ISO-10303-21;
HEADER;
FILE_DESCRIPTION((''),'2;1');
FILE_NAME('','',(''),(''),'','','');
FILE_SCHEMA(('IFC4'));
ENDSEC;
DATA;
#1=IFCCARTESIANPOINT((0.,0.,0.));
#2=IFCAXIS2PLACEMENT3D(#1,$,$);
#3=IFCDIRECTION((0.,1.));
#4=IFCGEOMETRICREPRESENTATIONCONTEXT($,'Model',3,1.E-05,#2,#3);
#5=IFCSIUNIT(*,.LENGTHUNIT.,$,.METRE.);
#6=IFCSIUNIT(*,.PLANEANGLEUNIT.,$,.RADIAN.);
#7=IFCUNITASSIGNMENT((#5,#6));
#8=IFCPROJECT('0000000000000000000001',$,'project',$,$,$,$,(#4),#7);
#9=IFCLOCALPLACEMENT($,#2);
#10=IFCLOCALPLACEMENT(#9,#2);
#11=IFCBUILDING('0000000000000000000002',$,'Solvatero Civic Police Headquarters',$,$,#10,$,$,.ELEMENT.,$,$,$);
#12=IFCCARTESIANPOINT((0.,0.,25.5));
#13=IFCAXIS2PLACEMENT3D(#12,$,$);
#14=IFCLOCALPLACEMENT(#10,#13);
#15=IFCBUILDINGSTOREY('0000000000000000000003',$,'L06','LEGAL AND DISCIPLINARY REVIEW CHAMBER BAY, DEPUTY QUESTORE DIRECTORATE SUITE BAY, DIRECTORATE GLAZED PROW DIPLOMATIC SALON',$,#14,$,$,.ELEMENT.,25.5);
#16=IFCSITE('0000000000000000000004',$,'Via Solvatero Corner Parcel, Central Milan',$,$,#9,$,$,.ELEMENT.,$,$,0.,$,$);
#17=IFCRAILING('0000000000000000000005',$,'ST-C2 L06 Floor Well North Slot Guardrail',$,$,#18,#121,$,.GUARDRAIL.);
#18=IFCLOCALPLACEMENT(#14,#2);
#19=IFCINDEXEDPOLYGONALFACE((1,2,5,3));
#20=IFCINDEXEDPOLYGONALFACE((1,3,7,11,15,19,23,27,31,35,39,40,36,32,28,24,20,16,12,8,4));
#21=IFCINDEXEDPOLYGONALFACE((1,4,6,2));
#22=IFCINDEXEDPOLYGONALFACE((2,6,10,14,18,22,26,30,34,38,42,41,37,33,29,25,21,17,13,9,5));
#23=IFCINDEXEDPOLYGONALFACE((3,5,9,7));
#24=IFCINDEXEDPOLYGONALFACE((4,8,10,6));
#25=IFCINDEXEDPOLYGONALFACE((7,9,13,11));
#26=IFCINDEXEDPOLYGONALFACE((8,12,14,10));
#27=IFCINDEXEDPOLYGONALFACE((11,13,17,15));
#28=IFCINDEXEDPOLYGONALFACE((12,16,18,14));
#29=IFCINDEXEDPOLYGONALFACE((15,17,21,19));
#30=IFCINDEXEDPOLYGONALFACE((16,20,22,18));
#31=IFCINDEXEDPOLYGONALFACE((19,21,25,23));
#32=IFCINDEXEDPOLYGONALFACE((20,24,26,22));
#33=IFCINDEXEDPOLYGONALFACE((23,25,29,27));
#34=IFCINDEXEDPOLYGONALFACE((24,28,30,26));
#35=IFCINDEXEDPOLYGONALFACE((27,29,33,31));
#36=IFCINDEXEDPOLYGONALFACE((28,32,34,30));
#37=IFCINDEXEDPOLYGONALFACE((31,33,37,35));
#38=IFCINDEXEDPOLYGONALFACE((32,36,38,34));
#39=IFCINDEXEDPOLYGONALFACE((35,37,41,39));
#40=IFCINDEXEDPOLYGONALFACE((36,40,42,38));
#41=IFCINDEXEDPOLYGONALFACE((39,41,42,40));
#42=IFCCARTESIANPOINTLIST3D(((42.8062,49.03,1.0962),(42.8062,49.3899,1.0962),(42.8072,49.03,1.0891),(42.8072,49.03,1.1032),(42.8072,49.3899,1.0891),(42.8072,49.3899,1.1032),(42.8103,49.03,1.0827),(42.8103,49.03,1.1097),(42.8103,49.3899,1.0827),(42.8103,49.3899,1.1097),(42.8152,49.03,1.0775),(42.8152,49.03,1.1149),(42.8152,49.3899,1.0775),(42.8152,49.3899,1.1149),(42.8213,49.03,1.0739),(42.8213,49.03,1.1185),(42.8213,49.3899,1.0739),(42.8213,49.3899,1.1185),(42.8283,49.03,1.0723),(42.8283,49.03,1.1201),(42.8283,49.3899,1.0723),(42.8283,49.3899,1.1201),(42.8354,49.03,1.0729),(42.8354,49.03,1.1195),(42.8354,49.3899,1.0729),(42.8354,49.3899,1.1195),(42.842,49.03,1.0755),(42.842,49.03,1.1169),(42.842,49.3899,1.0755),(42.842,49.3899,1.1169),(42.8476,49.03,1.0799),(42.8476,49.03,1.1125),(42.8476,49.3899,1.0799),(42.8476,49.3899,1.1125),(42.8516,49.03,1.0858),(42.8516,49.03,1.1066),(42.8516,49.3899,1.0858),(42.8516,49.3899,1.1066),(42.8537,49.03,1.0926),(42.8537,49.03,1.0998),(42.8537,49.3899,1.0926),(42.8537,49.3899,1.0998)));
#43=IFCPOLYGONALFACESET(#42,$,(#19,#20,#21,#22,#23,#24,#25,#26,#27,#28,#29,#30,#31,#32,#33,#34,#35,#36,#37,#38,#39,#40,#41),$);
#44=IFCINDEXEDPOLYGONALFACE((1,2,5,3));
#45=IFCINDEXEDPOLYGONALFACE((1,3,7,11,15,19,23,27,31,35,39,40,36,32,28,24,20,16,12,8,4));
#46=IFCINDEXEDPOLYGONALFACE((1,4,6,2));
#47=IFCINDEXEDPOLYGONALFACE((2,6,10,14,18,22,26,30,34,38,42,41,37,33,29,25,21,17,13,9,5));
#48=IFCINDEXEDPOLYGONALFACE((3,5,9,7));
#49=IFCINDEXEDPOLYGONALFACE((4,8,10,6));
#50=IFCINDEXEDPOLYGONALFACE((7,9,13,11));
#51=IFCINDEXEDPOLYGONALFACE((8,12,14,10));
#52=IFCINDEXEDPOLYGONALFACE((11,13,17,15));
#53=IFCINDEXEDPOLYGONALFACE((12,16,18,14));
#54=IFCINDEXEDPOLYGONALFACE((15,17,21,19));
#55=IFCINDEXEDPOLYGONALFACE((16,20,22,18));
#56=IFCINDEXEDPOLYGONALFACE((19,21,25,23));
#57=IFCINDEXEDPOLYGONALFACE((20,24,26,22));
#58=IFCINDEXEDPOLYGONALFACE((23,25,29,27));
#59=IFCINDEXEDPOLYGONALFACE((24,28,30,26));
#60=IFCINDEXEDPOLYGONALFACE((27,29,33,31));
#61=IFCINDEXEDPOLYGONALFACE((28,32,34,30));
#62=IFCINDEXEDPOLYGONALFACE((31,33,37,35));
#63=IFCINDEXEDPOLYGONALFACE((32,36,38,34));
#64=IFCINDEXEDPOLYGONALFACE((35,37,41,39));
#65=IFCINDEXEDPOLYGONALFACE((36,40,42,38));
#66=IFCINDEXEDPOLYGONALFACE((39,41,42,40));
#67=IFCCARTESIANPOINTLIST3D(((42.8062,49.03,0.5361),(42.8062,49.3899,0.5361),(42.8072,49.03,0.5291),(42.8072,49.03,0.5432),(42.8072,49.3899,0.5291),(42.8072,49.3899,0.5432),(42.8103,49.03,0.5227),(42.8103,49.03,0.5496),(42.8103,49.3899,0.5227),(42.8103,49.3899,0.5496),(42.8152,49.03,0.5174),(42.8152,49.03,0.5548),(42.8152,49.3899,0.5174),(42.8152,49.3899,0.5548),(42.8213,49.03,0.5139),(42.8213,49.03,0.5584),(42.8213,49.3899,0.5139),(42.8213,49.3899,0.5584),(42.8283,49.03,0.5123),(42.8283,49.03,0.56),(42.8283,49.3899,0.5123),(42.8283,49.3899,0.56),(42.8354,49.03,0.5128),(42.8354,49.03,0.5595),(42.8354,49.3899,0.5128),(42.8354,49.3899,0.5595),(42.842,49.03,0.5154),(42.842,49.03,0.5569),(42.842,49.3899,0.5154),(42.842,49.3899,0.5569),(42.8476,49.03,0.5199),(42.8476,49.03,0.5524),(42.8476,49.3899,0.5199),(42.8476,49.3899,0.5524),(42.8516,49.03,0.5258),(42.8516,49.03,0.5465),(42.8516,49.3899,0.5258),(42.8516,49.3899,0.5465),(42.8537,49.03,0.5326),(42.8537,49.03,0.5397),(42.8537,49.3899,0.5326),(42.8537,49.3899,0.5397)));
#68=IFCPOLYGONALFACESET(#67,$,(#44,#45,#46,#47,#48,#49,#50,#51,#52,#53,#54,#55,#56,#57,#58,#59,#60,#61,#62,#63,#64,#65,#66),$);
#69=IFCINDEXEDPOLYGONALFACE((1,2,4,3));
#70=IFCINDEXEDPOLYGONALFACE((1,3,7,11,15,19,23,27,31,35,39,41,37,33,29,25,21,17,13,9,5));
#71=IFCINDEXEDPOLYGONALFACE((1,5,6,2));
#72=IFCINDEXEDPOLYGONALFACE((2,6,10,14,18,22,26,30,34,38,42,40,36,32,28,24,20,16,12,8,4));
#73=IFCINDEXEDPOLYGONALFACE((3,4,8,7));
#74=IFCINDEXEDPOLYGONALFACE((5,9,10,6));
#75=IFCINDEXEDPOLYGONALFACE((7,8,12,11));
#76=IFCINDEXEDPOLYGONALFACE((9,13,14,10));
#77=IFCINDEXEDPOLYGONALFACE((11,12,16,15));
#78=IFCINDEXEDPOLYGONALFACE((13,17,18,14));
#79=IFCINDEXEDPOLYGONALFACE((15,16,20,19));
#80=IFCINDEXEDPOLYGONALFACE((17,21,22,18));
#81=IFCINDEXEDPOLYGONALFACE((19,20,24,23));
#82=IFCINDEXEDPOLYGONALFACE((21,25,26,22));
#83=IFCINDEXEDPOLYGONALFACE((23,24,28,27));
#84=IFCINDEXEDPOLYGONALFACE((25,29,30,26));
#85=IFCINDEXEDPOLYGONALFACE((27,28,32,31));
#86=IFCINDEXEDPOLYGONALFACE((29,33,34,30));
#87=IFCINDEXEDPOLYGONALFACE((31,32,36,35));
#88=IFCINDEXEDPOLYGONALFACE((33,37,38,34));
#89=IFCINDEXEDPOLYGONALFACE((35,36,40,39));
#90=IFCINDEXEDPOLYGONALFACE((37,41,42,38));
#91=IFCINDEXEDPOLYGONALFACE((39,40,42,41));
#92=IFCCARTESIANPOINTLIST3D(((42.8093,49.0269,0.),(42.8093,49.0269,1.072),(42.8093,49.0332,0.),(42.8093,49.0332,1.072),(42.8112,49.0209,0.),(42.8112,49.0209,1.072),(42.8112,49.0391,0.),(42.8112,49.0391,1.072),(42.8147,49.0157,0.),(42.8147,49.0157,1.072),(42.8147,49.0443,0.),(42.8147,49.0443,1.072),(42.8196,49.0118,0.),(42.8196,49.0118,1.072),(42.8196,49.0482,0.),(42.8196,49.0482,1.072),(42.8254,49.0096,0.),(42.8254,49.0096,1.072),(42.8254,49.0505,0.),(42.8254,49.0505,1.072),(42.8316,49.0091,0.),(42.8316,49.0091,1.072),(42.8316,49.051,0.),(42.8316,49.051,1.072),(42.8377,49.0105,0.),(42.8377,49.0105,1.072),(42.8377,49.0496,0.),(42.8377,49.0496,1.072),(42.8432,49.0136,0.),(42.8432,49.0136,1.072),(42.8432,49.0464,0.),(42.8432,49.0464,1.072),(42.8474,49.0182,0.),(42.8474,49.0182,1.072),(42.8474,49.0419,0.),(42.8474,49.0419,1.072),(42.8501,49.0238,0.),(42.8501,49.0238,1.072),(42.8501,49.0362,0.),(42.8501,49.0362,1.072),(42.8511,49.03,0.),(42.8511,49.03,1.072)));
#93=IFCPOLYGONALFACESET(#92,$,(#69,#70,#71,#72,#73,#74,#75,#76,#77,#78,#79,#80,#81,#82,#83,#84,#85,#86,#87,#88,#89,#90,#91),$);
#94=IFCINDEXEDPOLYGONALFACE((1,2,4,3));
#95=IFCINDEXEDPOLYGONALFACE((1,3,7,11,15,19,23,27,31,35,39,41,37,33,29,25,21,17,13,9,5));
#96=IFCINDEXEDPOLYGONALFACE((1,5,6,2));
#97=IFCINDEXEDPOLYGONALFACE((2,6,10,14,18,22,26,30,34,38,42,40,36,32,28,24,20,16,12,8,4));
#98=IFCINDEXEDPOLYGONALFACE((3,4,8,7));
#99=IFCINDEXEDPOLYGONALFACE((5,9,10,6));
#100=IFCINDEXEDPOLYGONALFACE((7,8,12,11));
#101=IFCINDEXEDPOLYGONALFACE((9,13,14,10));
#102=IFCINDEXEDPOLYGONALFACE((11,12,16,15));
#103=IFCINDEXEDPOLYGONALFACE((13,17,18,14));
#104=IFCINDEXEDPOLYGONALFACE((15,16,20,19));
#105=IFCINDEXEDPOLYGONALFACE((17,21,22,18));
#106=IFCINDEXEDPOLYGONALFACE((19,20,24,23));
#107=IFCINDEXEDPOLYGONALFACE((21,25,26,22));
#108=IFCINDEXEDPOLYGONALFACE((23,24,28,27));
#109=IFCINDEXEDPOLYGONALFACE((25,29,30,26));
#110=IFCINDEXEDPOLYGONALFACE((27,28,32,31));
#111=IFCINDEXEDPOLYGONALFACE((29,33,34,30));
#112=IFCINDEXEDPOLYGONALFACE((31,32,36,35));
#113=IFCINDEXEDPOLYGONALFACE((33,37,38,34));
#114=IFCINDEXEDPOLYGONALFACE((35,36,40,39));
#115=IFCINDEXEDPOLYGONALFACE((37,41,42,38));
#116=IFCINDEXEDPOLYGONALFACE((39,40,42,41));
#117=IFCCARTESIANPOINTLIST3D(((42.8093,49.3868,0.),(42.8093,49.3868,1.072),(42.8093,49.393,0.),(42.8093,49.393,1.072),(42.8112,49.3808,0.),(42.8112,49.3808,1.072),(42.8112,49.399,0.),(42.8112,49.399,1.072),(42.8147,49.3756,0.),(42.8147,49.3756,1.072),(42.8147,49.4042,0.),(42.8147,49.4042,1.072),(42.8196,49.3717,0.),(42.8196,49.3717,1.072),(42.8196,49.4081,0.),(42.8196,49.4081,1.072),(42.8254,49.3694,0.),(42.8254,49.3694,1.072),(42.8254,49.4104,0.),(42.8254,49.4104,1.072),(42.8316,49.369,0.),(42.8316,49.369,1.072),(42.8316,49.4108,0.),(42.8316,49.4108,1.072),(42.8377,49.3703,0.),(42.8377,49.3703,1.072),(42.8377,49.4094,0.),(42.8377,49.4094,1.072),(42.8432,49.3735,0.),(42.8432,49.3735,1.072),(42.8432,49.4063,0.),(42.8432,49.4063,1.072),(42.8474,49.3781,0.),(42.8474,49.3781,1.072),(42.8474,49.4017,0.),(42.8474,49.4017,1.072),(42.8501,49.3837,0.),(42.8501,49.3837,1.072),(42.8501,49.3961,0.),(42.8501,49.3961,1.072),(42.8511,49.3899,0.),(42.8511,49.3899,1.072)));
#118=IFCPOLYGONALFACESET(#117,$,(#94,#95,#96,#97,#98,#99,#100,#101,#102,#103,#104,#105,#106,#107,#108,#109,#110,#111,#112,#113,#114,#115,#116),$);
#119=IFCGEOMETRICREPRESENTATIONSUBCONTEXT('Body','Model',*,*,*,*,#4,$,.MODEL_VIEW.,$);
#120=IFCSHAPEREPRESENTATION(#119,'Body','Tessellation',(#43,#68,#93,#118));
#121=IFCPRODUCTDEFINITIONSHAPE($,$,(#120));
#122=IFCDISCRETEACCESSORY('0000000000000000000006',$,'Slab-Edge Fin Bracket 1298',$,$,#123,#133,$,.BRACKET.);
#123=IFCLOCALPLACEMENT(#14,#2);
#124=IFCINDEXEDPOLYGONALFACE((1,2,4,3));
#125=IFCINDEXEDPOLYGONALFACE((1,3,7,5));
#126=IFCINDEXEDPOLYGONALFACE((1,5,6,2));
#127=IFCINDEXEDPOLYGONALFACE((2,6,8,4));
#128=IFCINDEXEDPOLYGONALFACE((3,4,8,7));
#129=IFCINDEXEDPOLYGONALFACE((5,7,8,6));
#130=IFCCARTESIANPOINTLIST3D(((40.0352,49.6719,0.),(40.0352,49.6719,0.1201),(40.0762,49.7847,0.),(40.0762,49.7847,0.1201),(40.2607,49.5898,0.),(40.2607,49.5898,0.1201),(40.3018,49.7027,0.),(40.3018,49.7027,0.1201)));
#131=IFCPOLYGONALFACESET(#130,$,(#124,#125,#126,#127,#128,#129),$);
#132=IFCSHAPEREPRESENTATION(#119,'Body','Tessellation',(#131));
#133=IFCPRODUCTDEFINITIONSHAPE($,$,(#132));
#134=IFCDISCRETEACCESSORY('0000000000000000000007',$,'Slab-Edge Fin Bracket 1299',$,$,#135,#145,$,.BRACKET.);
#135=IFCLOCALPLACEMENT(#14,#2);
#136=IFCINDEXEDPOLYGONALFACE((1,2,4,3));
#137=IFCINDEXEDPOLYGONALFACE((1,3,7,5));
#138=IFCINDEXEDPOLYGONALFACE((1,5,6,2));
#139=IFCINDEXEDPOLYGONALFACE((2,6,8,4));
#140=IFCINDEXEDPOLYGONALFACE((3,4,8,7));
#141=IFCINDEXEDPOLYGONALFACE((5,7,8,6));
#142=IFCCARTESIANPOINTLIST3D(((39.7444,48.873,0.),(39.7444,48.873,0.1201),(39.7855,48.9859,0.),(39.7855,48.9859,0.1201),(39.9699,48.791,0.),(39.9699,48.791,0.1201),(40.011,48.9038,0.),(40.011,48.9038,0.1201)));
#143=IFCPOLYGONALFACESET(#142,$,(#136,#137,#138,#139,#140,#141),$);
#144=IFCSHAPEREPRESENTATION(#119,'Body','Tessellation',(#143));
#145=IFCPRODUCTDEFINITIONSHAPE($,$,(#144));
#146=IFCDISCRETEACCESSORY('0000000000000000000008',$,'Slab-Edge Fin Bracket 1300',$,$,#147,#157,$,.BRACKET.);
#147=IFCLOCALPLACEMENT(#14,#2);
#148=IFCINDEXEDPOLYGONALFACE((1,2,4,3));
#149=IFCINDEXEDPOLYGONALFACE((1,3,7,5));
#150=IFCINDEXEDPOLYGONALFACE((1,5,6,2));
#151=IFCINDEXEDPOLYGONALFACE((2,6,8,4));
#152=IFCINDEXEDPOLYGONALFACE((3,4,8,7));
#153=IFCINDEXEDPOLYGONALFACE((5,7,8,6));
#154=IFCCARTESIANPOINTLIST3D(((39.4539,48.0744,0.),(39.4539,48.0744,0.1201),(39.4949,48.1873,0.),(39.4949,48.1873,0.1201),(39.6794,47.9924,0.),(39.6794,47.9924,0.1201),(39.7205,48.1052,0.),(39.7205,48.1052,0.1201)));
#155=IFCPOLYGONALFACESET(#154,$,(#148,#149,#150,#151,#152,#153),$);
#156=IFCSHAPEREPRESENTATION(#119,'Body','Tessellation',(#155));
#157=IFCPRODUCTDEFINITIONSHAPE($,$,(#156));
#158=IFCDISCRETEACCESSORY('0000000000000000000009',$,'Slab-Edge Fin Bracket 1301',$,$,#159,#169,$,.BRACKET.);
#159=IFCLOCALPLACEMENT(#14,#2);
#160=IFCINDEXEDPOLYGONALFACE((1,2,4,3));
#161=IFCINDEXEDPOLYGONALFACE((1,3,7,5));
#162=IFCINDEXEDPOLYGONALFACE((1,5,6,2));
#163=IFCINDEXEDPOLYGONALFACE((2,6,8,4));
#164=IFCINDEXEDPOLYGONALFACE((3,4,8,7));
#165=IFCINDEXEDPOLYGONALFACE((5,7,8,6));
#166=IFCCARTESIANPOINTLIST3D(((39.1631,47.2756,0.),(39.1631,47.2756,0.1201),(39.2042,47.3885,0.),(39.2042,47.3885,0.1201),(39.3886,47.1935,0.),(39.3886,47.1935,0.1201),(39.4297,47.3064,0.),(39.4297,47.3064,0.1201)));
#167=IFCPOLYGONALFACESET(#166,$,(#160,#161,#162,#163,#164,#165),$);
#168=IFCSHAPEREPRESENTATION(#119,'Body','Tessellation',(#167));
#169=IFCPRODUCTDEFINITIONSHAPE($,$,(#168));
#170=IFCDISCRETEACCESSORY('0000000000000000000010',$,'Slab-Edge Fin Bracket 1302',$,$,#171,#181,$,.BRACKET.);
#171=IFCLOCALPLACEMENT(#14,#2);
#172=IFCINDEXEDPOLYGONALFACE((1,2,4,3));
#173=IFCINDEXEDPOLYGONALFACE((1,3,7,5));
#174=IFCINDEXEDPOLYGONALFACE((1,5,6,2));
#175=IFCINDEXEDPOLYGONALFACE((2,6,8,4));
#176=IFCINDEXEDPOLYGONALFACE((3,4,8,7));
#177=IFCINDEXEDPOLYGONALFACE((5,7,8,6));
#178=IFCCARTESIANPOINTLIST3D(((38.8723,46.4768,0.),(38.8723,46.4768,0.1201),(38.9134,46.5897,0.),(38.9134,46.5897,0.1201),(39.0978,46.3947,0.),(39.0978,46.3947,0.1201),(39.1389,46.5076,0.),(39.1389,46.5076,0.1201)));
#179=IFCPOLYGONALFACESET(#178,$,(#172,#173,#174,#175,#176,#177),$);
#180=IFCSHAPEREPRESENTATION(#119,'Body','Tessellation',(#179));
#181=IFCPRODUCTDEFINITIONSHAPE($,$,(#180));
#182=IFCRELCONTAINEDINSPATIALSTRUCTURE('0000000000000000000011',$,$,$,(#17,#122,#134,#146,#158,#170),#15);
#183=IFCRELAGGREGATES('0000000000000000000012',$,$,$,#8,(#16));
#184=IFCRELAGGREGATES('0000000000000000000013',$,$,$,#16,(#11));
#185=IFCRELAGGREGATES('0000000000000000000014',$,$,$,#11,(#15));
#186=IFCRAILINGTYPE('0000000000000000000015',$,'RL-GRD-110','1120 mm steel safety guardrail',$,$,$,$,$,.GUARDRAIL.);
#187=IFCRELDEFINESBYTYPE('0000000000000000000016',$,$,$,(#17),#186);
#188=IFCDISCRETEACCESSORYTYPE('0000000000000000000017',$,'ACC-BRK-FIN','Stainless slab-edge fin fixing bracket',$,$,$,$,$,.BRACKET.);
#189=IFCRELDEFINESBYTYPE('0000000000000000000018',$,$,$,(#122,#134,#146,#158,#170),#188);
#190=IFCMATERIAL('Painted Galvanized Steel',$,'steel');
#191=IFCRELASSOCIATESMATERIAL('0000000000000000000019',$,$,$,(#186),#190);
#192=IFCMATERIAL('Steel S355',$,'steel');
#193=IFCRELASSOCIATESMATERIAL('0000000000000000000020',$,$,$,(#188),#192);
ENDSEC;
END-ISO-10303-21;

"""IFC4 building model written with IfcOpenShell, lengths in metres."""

from ifc_helpers import new_model, si_unit, direction, frame, origin, origin_2d, place, context, subcontext, project, spatial, rectangle, circle, extrude, material, type_object, element, save


model = new_model("IFC4")

# Units and contexts
model_context = context("Model", 3, precision=1e-05, world=origin(), true_north=direction((0.0, 1.0)))
body_context = subcontext(model_context, "Body", "Model", "MODEL_VIEW")
ifc_project = project(units=[si_unit("LENGTHUNIT", "METRE"), si_unit("PLANEANGLEUNIT", "RADIAN")], contexts=[model_context])

# Site, building, storey
site_placement = place(None, origin())
site = spatial("IfcSite", under=ifc_project, at=site_placement, Name="Via Solvatero Corner Parcel, Central Milan", CompositionType="ELEMENT", RefElevation=0.0)
building_placement = place(site_placement, origin())
building = spatial("IfcBuilding", under=site, at=building_placement, Name="Solvatero Civic Police Headquarters", CompositionType="ELEMENT")
storey_placement = place(building_placement, frame((0.0, 0.0, 25.5)))
storey = spatial("IfcBuildingStorey", under=building, at=storey_placement, Name="L06", Description="LEGAL AND DISCIPLINARY REVIEW CHAMBER BAY, DEPUTY QUESTORE DIRECTORATE SUITE BAY, DIRECTORATE GLAZED PROW DIPLOMATIC SALON", CompositionType="ELEMENT", Elevation=25.5)

# Railing
ifc_material_1 = material(Name="Painted Galvanized Steel", Category="steel")
railing_type_1 = type_object("IfcRailingType", Name="RL-GRD-110", Description="1120 mm steel safety guardrail", PredefinedType="GUARDRAIL", material=ifc_material_1)
railing_1_placement = place(storey_placement, frame((42.8301, 49.03, 0.0)))
element("IfcRailing", 1, at=railing_1_placement, inside=storey, type_object=railing_type_1, Name="ST-C2 L06 Floor Well North Slot Guardrail", PredefinedType="GUARDRAIL", context=body_context, shape_type="SweptSolid", body=[
    extrude(circle(Radius=0.0239, at=origin_2d()), frame((0.0, 0.0, 1.0962), z_axis=(0.0, 1.0, 0.0), x_axis=(-1.0, 0.0, 0.0)), (0.0, 0.0, 1.0), 0.3599),
    extrude(circle(Radius=0.0239, at=origin_2d()), frame((0.0, 0.0, 0.5361), z_axis=(0.0, 1.0, 0.0), x_axis=(-1.0, 0.0, 0.0)), (0.0, 0.0, 1.0), 0.3599),
    extrude(circle(Radius=0.021, at=origin_2d()), origin(), (0.0, 0.0, 1.0), 1.072),
    extrude(circle(Radius=0.021, at=origin_2d()), frame((0.0, 0.3599, 0.0)), (0.0, 0.0, 1.0), 1.072),
])

# Discrete accessories
ifc_material_2 = material(Name="Steel S355", Category="steel")
discrete_accessory_type = type_object("IfcDiscreteAccessoryType", Name="ACC-BRK-FIN", Description="Stainless slab-edge fin fixing bracket", PredefinedType="BRACKET", material=ifc_material_2)
for number, where, z_axis, x_axis, name in (
    (2, (40.1685, 49.6873, 0.0), (0.0, 0.0, 1.0), (-0.34202, -0.939693, 0.0), "Slab-Edge Fin Bracket 1298"),
    (3, (39.8777, 48.8884, 0.0), (0.0, 0.0, 1.0), (-0.34202, -0.939693, 0.0), "Slab-Edge Fin Bracket 1299"),
    (4, (39.5872, 48.0898, 0.0), (0.0, 0.0, 1.0), (-0.34202, -0.939693, 0.0), "Slab-Edge Fin Bracket 1300"),
    (5, (39.2964, 47.291, 0.0), (0.0, 0.0, 1.0), (-0.34202, -0.939693, 0.0), "Slab-Edge Fin Bracket 1301"),
    (6, (39.0056, 46.4922, 0.0), (0.0, 0.0, 1.0), (-0.34202, -0.939693, 0.0), "Slab-Edge Fin Bracket 1302"),
):
    element("IfcDiscreteAccessory", number, at=place(storey_placement, frame(where, z_axis=z_axis, x_axis=x_axis)), inside=storey, type_object=discrete_accessory_type, Name=name, PredefinedType="BRACKET", context=body_context, shape_type="SweptSolid", body=[
        extrude(rectangle(XDim=0.1201, YDim=0.24, at=origin_2d()), origin(), (0.0, 0.0, 1.0), 0.1201),
    ])

save(model, "model.ifc")
